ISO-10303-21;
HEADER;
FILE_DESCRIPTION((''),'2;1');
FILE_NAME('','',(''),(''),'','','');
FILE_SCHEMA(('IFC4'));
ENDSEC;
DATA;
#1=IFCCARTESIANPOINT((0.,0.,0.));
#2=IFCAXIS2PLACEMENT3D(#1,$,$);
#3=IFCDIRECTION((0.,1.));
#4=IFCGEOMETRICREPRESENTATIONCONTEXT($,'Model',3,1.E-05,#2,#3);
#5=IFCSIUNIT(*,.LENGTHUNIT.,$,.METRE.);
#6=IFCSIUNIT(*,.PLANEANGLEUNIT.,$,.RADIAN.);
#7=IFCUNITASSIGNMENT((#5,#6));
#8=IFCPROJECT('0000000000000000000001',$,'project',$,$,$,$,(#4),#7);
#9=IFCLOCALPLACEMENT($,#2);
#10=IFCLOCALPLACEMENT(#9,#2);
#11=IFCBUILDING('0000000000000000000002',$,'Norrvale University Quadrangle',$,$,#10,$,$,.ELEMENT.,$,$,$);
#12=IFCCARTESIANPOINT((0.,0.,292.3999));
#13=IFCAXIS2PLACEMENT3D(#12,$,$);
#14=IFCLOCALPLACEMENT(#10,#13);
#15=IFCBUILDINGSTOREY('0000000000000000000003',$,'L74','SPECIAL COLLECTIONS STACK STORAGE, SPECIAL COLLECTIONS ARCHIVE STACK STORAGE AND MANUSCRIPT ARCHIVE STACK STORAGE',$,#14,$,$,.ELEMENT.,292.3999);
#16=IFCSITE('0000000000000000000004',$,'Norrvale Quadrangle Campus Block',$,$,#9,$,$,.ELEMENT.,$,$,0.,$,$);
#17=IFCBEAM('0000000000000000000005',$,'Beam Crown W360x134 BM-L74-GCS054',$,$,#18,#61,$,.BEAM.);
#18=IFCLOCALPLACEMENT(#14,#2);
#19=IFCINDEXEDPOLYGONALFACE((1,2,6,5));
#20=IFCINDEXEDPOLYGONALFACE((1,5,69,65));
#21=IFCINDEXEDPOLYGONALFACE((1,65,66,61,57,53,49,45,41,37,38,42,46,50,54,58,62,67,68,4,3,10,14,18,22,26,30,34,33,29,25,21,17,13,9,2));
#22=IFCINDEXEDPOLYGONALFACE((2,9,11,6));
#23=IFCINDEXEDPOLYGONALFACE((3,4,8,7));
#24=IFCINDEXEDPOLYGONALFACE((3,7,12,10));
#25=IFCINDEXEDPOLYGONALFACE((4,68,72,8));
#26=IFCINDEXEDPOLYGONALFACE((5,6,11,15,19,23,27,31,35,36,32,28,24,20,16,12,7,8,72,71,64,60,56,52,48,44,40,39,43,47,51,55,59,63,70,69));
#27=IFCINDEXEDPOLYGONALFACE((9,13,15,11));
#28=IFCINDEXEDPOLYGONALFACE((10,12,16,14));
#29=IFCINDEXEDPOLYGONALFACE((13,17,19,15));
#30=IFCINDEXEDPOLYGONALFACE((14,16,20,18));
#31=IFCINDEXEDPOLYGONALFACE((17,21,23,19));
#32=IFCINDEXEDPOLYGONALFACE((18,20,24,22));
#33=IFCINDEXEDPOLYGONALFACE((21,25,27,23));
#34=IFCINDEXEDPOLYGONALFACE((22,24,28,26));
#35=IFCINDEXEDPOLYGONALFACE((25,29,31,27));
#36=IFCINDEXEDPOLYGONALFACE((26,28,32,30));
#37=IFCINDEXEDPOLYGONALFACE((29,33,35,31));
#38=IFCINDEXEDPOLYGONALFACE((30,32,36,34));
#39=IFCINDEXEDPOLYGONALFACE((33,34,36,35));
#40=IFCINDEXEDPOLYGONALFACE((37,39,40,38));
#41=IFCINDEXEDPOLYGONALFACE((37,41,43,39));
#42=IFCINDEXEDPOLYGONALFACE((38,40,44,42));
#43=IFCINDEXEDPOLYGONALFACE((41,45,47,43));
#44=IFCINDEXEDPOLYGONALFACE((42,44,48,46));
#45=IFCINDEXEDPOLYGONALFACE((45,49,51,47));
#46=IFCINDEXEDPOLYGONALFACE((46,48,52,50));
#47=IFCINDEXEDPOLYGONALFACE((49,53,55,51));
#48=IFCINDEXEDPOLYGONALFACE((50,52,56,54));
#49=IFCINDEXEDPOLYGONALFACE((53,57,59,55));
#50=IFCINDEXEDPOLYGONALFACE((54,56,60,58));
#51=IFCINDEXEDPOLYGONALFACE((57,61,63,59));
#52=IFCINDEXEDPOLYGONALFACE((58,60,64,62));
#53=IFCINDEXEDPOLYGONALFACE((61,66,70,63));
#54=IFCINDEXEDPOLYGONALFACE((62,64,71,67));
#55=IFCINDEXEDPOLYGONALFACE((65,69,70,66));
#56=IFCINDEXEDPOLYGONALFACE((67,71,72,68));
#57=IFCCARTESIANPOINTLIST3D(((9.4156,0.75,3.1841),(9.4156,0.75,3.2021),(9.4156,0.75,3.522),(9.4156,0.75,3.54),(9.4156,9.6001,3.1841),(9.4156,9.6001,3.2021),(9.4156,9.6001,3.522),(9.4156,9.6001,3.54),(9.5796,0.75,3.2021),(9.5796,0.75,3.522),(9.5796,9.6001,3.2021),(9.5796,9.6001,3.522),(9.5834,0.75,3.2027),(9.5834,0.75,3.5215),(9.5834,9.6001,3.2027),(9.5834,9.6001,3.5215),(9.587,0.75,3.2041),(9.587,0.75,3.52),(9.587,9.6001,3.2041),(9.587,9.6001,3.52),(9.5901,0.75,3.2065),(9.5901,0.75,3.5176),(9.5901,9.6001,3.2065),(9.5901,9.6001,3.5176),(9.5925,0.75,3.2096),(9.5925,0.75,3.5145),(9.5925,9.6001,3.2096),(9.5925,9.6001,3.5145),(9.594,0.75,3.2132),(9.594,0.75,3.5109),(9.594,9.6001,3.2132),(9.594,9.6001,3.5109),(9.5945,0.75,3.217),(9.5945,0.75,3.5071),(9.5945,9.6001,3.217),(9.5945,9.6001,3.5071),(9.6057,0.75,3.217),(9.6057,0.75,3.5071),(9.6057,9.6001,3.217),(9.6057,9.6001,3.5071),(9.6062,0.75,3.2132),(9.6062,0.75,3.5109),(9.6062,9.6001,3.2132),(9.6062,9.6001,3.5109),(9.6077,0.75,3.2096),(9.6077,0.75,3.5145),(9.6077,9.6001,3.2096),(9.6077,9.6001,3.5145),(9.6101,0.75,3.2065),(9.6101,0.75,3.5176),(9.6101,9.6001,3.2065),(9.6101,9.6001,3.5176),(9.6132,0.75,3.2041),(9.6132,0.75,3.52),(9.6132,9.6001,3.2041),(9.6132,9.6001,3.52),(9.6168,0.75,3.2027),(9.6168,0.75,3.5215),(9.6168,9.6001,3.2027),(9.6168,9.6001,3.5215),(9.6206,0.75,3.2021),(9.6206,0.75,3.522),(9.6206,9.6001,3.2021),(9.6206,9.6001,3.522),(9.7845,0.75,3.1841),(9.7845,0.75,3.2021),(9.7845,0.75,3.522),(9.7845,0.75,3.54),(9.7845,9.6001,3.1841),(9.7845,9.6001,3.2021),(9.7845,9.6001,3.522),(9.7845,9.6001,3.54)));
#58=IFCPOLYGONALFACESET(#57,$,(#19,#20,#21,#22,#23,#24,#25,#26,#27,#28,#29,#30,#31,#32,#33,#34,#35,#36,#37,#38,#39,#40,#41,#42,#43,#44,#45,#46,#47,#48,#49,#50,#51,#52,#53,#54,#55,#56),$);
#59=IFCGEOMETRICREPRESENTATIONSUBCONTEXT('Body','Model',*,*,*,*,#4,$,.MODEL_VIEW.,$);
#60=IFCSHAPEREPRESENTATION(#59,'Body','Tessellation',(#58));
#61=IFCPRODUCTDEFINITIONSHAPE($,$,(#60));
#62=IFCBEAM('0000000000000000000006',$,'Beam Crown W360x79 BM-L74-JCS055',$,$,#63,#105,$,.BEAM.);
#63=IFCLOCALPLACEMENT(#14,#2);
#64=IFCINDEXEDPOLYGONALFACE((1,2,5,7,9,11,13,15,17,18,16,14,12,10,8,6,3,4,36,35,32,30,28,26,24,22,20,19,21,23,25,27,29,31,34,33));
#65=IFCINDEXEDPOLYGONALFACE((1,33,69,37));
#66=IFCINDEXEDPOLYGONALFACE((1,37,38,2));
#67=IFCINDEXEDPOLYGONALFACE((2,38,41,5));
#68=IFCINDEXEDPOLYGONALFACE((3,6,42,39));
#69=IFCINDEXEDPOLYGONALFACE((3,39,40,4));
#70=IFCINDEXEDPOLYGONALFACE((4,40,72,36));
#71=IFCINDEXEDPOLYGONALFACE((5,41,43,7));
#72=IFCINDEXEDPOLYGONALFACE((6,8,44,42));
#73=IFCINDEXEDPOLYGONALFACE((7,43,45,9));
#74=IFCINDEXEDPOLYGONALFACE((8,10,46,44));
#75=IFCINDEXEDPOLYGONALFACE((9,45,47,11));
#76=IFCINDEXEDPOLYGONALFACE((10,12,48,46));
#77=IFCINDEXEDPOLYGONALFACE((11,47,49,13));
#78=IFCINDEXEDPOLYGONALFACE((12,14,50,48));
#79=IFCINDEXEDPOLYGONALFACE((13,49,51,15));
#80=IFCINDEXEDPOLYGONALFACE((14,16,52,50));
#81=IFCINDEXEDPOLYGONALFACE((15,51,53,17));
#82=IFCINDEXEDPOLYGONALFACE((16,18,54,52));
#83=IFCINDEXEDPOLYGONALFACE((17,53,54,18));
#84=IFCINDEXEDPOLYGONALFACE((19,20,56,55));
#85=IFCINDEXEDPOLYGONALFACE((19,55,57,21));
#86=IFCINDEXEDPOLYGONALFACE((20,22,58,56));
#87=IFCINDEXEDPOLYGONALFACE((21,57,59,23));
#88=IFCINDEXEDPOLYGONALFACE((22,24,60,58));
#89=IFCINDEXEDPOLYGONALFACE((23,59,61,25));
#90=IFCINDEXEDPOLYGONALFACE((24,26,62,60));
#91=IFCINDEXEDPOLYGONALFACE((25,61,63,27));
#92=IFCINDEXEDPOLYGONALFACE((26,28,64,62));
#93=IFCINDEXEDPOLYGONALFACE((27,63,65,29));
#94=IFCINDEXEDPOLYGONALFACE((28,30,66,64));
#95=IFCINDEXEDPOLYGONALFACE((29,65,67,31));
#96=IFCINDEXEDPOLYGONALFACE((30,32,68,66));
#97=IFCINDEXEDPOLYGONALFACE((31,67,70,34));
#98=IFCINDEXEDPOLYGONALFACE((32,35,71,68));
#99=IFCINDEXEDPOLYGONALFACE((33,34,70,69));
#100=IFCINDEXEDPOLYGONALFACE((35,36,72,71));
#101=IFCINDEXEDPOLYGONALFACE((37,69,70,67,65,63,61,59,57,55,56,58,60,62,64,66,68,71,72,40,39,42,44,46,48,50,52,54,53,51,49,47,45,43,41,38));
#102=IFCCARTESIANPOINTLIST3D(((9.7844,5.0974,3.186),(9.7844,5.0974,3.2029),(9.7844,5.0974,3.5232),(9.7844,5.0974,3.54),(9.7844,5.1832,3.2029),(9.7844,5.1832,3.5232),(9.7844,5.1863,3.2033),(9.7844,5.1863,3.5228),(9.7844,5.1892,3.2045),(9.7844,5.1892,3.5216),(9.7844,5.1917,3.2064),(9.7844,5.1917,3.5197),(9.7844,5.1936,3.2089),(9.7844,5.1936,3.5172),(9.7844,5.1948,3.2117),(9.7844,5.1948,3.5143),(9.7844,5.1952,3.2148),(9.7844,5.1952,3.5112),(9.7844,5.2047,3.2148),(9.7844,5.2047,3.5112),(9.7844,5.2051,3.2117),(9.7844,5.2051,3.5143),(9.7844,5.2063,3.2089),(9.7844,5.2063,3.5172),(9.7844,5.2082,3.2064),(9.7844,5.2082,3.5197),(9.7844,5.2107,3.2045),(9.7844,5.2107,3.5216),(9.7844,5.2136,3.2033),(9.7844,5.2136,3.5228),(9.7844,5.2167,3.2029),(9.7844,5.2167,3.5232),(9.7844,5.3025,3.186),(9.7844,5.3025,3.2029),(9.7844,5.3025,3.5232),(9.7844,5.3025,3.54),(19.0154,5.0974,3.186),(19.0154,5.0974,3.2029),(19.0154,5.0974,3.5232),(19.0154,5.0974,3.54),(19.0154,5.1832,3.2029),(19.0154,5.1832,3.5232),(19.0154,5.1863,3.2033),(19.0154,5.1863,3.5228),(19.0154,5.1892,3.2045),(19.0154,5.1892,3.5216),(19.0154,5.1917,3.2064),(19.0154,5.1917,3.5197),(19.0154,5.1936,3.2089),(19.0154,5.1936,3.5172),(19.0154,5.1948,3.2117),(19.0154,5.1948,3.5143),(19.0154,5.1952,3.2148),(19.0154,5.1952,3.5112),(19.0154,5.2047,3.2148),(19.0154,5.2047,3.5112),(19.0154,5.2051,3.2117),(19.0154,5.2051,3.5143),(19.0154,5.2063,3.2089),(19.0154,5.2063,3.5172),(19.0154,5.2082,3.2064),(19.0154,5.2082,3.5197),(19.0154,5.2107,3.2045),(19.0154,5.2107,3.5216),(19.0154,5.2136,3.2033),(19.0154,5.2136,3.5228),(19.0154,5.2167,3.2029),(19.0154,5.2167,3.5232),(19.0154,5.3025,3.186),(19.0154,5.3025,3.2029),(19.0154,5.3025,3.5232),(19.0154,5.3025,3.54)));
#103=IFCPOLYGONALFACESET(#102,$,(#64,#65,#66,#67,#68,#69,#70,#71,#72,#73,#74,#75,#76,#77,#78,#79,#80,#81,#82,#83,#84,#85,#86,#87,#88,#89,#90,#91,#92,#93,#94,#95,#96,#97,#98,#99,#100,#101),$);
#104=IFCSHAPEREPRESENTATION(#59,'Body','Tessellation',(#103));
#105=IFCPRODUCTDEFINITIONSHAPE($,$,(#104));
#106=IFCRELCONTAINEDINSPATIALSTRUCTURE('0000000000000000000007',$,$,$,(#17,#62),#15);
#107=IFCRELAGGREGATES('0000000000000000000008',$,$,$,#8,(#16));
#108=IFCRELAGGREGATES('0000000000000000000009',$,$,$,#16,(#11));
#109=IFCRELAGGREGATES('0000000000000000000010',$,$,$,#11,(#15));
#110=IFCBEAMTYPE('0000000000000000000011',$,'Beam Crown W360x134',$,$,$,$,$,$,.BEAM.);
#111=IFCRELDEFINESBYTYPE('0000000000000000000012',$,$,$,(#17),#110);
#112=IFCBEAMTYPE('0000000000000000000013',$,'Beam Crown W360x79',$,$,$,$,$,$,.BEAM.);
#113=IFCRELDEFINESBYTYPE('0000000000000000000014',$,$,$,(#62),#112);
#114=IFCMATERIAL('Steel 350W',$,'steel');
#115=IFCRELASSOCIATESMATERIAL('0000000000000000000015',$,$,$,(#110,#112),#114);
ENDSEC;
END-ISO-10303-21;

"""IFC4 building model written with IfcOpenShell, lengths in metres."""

from ifc_helpers import new_model, si_unit, direction, frame, origin, origin_2d, place, context, subcontext, project, spatial, i_section, extrude, material, material_profile, profile_set, type_object, element, save


model = new_model("IFC4")

# Units and contexts
model_context = context("Model", 3, precision=1e-05, world=origin(), true_north=direction((0.0, 1.0)))
body_context = subcontext(model_context, "Body", "Model", "MODEL_VIEW")
ifc_project = project(units=[si_unit("LENGTHUNIT", "METRE"), si_unit("PLANEANGLEUNIT", "RADIAN")], contexts=[model_context])

# Site, building, storey
site_placement = place(None, origin())
site = spatial("IfcSite", under=ifc_project, at=site_placement, Name="Norrvale Quadrangle Campus Block", CompositionType="ELEMENT", RefElevation=0.0)
building_placement = place(site_placement, origin())
building = spatial("IfcBuilding", under=site, at=building_placement, Name="Norrvale University Quadrangle", CompositionType="ELEMENT")
storey_placement = place(building_placement, frame((0.0, 0.0, 292.3999)))
storey = spatial("IfcBuildingStorey", under=building, at=storey_placement, Name="L74", Description="SPECIAL COLLECTIONS STACK STORAGE, SPECIAL COLLECTIONS ARCHIVE STACK STORAGE AND MANUSCRIPT ARCHIVE STACK STORAGE", CompositionType="ELEMENT", Elevation=292.3999)

# Beams
ifc_material_1 = material(Name="Steel 350W", Category="steel")
ifc_material_profile_1 = material_profile(ifc_material_1, i_section(OverallWidth=0.3689, OverallDepth=0.356, WebThickness=0.0112, FlangeThickness=0.0181, FilletRadius=0.0149, at=origin_2d()), Name="Steel 350W")
ifc_profile_set_1 = profile_set([ifc_material_profile_1], Name="Steel 350W")
beam_type_1 = type_object("IfcBeamType", Name="Beam Crown W360x134", PredefinedType="BEAM", material=ifc_profile_set_1)
beam_1_placement = place(storey_placement, frame((9.6001, 0.75, 3.3621), z_axis=(0.0, 1.0, 0.0), x_axis=(-1.0, 0.0, 0.0)))
element("IfcBeam", 1, at=beam_1_placement, inside=storey, type_object=beam_type_1, Name="Beam Crown W360x134 BM-L74-GCS054", PredefinedType="BEAM", context=body_context, shape_type="SweptSolid", body=[
    extrude(i_section(OverallWidth=0.3689, OverallDepth=0.356, WebThickness=0.0112, FlangeThickness=0.0181, FilletRadius=0.0149, at=origin_2d()), origin(), (0.0, 0.0, 1.0), 8.8501),
])
ifc_material_profile_2 = material_profile(ifc_material_1, i_section(OverallWidth=0.2051, OverallDepth=0.354, WebThickness=0.0095, FlangeThickness=0.0168, FilletRadius=0.012, at=origin_2d()), Name="Steel 350W")
ifc_profile_set_2 = profile_set([ifc_material_profile_2], Name="Steel 350W")
beam_type_2 = type_object("IfcBeamType", Name="Beam Crown W360x79", PredefinedType="BEAM", material=ifc_profile_set_2)
beam_2_placement = place(storey_placement, frame((9.7844, 5.2, 3.363), z_axis=(1.0, 0.0, 0.0), x_axis=(0.0, 1.0, 0.0)))
element("IfcBeam", 2, at=beam_2_placement, inside=storey, type_object=beam_type_2, Name="Beam Crown W360x79 BM-L74-JCS055", PredefinedType="BEAM", context=body_context, shape_type="SweptSolid", body=[
    extrude(i_section(OverallWidth=0.2051, OverallDepth=0.354, WebThickness=0.0095, FlangeThickness=0.0168, FilletRadius=0.012, at=origin_2d()), origin(), (0.0, 0.0, 1.0), 9.231),
])

save(model, "model.ifc")
